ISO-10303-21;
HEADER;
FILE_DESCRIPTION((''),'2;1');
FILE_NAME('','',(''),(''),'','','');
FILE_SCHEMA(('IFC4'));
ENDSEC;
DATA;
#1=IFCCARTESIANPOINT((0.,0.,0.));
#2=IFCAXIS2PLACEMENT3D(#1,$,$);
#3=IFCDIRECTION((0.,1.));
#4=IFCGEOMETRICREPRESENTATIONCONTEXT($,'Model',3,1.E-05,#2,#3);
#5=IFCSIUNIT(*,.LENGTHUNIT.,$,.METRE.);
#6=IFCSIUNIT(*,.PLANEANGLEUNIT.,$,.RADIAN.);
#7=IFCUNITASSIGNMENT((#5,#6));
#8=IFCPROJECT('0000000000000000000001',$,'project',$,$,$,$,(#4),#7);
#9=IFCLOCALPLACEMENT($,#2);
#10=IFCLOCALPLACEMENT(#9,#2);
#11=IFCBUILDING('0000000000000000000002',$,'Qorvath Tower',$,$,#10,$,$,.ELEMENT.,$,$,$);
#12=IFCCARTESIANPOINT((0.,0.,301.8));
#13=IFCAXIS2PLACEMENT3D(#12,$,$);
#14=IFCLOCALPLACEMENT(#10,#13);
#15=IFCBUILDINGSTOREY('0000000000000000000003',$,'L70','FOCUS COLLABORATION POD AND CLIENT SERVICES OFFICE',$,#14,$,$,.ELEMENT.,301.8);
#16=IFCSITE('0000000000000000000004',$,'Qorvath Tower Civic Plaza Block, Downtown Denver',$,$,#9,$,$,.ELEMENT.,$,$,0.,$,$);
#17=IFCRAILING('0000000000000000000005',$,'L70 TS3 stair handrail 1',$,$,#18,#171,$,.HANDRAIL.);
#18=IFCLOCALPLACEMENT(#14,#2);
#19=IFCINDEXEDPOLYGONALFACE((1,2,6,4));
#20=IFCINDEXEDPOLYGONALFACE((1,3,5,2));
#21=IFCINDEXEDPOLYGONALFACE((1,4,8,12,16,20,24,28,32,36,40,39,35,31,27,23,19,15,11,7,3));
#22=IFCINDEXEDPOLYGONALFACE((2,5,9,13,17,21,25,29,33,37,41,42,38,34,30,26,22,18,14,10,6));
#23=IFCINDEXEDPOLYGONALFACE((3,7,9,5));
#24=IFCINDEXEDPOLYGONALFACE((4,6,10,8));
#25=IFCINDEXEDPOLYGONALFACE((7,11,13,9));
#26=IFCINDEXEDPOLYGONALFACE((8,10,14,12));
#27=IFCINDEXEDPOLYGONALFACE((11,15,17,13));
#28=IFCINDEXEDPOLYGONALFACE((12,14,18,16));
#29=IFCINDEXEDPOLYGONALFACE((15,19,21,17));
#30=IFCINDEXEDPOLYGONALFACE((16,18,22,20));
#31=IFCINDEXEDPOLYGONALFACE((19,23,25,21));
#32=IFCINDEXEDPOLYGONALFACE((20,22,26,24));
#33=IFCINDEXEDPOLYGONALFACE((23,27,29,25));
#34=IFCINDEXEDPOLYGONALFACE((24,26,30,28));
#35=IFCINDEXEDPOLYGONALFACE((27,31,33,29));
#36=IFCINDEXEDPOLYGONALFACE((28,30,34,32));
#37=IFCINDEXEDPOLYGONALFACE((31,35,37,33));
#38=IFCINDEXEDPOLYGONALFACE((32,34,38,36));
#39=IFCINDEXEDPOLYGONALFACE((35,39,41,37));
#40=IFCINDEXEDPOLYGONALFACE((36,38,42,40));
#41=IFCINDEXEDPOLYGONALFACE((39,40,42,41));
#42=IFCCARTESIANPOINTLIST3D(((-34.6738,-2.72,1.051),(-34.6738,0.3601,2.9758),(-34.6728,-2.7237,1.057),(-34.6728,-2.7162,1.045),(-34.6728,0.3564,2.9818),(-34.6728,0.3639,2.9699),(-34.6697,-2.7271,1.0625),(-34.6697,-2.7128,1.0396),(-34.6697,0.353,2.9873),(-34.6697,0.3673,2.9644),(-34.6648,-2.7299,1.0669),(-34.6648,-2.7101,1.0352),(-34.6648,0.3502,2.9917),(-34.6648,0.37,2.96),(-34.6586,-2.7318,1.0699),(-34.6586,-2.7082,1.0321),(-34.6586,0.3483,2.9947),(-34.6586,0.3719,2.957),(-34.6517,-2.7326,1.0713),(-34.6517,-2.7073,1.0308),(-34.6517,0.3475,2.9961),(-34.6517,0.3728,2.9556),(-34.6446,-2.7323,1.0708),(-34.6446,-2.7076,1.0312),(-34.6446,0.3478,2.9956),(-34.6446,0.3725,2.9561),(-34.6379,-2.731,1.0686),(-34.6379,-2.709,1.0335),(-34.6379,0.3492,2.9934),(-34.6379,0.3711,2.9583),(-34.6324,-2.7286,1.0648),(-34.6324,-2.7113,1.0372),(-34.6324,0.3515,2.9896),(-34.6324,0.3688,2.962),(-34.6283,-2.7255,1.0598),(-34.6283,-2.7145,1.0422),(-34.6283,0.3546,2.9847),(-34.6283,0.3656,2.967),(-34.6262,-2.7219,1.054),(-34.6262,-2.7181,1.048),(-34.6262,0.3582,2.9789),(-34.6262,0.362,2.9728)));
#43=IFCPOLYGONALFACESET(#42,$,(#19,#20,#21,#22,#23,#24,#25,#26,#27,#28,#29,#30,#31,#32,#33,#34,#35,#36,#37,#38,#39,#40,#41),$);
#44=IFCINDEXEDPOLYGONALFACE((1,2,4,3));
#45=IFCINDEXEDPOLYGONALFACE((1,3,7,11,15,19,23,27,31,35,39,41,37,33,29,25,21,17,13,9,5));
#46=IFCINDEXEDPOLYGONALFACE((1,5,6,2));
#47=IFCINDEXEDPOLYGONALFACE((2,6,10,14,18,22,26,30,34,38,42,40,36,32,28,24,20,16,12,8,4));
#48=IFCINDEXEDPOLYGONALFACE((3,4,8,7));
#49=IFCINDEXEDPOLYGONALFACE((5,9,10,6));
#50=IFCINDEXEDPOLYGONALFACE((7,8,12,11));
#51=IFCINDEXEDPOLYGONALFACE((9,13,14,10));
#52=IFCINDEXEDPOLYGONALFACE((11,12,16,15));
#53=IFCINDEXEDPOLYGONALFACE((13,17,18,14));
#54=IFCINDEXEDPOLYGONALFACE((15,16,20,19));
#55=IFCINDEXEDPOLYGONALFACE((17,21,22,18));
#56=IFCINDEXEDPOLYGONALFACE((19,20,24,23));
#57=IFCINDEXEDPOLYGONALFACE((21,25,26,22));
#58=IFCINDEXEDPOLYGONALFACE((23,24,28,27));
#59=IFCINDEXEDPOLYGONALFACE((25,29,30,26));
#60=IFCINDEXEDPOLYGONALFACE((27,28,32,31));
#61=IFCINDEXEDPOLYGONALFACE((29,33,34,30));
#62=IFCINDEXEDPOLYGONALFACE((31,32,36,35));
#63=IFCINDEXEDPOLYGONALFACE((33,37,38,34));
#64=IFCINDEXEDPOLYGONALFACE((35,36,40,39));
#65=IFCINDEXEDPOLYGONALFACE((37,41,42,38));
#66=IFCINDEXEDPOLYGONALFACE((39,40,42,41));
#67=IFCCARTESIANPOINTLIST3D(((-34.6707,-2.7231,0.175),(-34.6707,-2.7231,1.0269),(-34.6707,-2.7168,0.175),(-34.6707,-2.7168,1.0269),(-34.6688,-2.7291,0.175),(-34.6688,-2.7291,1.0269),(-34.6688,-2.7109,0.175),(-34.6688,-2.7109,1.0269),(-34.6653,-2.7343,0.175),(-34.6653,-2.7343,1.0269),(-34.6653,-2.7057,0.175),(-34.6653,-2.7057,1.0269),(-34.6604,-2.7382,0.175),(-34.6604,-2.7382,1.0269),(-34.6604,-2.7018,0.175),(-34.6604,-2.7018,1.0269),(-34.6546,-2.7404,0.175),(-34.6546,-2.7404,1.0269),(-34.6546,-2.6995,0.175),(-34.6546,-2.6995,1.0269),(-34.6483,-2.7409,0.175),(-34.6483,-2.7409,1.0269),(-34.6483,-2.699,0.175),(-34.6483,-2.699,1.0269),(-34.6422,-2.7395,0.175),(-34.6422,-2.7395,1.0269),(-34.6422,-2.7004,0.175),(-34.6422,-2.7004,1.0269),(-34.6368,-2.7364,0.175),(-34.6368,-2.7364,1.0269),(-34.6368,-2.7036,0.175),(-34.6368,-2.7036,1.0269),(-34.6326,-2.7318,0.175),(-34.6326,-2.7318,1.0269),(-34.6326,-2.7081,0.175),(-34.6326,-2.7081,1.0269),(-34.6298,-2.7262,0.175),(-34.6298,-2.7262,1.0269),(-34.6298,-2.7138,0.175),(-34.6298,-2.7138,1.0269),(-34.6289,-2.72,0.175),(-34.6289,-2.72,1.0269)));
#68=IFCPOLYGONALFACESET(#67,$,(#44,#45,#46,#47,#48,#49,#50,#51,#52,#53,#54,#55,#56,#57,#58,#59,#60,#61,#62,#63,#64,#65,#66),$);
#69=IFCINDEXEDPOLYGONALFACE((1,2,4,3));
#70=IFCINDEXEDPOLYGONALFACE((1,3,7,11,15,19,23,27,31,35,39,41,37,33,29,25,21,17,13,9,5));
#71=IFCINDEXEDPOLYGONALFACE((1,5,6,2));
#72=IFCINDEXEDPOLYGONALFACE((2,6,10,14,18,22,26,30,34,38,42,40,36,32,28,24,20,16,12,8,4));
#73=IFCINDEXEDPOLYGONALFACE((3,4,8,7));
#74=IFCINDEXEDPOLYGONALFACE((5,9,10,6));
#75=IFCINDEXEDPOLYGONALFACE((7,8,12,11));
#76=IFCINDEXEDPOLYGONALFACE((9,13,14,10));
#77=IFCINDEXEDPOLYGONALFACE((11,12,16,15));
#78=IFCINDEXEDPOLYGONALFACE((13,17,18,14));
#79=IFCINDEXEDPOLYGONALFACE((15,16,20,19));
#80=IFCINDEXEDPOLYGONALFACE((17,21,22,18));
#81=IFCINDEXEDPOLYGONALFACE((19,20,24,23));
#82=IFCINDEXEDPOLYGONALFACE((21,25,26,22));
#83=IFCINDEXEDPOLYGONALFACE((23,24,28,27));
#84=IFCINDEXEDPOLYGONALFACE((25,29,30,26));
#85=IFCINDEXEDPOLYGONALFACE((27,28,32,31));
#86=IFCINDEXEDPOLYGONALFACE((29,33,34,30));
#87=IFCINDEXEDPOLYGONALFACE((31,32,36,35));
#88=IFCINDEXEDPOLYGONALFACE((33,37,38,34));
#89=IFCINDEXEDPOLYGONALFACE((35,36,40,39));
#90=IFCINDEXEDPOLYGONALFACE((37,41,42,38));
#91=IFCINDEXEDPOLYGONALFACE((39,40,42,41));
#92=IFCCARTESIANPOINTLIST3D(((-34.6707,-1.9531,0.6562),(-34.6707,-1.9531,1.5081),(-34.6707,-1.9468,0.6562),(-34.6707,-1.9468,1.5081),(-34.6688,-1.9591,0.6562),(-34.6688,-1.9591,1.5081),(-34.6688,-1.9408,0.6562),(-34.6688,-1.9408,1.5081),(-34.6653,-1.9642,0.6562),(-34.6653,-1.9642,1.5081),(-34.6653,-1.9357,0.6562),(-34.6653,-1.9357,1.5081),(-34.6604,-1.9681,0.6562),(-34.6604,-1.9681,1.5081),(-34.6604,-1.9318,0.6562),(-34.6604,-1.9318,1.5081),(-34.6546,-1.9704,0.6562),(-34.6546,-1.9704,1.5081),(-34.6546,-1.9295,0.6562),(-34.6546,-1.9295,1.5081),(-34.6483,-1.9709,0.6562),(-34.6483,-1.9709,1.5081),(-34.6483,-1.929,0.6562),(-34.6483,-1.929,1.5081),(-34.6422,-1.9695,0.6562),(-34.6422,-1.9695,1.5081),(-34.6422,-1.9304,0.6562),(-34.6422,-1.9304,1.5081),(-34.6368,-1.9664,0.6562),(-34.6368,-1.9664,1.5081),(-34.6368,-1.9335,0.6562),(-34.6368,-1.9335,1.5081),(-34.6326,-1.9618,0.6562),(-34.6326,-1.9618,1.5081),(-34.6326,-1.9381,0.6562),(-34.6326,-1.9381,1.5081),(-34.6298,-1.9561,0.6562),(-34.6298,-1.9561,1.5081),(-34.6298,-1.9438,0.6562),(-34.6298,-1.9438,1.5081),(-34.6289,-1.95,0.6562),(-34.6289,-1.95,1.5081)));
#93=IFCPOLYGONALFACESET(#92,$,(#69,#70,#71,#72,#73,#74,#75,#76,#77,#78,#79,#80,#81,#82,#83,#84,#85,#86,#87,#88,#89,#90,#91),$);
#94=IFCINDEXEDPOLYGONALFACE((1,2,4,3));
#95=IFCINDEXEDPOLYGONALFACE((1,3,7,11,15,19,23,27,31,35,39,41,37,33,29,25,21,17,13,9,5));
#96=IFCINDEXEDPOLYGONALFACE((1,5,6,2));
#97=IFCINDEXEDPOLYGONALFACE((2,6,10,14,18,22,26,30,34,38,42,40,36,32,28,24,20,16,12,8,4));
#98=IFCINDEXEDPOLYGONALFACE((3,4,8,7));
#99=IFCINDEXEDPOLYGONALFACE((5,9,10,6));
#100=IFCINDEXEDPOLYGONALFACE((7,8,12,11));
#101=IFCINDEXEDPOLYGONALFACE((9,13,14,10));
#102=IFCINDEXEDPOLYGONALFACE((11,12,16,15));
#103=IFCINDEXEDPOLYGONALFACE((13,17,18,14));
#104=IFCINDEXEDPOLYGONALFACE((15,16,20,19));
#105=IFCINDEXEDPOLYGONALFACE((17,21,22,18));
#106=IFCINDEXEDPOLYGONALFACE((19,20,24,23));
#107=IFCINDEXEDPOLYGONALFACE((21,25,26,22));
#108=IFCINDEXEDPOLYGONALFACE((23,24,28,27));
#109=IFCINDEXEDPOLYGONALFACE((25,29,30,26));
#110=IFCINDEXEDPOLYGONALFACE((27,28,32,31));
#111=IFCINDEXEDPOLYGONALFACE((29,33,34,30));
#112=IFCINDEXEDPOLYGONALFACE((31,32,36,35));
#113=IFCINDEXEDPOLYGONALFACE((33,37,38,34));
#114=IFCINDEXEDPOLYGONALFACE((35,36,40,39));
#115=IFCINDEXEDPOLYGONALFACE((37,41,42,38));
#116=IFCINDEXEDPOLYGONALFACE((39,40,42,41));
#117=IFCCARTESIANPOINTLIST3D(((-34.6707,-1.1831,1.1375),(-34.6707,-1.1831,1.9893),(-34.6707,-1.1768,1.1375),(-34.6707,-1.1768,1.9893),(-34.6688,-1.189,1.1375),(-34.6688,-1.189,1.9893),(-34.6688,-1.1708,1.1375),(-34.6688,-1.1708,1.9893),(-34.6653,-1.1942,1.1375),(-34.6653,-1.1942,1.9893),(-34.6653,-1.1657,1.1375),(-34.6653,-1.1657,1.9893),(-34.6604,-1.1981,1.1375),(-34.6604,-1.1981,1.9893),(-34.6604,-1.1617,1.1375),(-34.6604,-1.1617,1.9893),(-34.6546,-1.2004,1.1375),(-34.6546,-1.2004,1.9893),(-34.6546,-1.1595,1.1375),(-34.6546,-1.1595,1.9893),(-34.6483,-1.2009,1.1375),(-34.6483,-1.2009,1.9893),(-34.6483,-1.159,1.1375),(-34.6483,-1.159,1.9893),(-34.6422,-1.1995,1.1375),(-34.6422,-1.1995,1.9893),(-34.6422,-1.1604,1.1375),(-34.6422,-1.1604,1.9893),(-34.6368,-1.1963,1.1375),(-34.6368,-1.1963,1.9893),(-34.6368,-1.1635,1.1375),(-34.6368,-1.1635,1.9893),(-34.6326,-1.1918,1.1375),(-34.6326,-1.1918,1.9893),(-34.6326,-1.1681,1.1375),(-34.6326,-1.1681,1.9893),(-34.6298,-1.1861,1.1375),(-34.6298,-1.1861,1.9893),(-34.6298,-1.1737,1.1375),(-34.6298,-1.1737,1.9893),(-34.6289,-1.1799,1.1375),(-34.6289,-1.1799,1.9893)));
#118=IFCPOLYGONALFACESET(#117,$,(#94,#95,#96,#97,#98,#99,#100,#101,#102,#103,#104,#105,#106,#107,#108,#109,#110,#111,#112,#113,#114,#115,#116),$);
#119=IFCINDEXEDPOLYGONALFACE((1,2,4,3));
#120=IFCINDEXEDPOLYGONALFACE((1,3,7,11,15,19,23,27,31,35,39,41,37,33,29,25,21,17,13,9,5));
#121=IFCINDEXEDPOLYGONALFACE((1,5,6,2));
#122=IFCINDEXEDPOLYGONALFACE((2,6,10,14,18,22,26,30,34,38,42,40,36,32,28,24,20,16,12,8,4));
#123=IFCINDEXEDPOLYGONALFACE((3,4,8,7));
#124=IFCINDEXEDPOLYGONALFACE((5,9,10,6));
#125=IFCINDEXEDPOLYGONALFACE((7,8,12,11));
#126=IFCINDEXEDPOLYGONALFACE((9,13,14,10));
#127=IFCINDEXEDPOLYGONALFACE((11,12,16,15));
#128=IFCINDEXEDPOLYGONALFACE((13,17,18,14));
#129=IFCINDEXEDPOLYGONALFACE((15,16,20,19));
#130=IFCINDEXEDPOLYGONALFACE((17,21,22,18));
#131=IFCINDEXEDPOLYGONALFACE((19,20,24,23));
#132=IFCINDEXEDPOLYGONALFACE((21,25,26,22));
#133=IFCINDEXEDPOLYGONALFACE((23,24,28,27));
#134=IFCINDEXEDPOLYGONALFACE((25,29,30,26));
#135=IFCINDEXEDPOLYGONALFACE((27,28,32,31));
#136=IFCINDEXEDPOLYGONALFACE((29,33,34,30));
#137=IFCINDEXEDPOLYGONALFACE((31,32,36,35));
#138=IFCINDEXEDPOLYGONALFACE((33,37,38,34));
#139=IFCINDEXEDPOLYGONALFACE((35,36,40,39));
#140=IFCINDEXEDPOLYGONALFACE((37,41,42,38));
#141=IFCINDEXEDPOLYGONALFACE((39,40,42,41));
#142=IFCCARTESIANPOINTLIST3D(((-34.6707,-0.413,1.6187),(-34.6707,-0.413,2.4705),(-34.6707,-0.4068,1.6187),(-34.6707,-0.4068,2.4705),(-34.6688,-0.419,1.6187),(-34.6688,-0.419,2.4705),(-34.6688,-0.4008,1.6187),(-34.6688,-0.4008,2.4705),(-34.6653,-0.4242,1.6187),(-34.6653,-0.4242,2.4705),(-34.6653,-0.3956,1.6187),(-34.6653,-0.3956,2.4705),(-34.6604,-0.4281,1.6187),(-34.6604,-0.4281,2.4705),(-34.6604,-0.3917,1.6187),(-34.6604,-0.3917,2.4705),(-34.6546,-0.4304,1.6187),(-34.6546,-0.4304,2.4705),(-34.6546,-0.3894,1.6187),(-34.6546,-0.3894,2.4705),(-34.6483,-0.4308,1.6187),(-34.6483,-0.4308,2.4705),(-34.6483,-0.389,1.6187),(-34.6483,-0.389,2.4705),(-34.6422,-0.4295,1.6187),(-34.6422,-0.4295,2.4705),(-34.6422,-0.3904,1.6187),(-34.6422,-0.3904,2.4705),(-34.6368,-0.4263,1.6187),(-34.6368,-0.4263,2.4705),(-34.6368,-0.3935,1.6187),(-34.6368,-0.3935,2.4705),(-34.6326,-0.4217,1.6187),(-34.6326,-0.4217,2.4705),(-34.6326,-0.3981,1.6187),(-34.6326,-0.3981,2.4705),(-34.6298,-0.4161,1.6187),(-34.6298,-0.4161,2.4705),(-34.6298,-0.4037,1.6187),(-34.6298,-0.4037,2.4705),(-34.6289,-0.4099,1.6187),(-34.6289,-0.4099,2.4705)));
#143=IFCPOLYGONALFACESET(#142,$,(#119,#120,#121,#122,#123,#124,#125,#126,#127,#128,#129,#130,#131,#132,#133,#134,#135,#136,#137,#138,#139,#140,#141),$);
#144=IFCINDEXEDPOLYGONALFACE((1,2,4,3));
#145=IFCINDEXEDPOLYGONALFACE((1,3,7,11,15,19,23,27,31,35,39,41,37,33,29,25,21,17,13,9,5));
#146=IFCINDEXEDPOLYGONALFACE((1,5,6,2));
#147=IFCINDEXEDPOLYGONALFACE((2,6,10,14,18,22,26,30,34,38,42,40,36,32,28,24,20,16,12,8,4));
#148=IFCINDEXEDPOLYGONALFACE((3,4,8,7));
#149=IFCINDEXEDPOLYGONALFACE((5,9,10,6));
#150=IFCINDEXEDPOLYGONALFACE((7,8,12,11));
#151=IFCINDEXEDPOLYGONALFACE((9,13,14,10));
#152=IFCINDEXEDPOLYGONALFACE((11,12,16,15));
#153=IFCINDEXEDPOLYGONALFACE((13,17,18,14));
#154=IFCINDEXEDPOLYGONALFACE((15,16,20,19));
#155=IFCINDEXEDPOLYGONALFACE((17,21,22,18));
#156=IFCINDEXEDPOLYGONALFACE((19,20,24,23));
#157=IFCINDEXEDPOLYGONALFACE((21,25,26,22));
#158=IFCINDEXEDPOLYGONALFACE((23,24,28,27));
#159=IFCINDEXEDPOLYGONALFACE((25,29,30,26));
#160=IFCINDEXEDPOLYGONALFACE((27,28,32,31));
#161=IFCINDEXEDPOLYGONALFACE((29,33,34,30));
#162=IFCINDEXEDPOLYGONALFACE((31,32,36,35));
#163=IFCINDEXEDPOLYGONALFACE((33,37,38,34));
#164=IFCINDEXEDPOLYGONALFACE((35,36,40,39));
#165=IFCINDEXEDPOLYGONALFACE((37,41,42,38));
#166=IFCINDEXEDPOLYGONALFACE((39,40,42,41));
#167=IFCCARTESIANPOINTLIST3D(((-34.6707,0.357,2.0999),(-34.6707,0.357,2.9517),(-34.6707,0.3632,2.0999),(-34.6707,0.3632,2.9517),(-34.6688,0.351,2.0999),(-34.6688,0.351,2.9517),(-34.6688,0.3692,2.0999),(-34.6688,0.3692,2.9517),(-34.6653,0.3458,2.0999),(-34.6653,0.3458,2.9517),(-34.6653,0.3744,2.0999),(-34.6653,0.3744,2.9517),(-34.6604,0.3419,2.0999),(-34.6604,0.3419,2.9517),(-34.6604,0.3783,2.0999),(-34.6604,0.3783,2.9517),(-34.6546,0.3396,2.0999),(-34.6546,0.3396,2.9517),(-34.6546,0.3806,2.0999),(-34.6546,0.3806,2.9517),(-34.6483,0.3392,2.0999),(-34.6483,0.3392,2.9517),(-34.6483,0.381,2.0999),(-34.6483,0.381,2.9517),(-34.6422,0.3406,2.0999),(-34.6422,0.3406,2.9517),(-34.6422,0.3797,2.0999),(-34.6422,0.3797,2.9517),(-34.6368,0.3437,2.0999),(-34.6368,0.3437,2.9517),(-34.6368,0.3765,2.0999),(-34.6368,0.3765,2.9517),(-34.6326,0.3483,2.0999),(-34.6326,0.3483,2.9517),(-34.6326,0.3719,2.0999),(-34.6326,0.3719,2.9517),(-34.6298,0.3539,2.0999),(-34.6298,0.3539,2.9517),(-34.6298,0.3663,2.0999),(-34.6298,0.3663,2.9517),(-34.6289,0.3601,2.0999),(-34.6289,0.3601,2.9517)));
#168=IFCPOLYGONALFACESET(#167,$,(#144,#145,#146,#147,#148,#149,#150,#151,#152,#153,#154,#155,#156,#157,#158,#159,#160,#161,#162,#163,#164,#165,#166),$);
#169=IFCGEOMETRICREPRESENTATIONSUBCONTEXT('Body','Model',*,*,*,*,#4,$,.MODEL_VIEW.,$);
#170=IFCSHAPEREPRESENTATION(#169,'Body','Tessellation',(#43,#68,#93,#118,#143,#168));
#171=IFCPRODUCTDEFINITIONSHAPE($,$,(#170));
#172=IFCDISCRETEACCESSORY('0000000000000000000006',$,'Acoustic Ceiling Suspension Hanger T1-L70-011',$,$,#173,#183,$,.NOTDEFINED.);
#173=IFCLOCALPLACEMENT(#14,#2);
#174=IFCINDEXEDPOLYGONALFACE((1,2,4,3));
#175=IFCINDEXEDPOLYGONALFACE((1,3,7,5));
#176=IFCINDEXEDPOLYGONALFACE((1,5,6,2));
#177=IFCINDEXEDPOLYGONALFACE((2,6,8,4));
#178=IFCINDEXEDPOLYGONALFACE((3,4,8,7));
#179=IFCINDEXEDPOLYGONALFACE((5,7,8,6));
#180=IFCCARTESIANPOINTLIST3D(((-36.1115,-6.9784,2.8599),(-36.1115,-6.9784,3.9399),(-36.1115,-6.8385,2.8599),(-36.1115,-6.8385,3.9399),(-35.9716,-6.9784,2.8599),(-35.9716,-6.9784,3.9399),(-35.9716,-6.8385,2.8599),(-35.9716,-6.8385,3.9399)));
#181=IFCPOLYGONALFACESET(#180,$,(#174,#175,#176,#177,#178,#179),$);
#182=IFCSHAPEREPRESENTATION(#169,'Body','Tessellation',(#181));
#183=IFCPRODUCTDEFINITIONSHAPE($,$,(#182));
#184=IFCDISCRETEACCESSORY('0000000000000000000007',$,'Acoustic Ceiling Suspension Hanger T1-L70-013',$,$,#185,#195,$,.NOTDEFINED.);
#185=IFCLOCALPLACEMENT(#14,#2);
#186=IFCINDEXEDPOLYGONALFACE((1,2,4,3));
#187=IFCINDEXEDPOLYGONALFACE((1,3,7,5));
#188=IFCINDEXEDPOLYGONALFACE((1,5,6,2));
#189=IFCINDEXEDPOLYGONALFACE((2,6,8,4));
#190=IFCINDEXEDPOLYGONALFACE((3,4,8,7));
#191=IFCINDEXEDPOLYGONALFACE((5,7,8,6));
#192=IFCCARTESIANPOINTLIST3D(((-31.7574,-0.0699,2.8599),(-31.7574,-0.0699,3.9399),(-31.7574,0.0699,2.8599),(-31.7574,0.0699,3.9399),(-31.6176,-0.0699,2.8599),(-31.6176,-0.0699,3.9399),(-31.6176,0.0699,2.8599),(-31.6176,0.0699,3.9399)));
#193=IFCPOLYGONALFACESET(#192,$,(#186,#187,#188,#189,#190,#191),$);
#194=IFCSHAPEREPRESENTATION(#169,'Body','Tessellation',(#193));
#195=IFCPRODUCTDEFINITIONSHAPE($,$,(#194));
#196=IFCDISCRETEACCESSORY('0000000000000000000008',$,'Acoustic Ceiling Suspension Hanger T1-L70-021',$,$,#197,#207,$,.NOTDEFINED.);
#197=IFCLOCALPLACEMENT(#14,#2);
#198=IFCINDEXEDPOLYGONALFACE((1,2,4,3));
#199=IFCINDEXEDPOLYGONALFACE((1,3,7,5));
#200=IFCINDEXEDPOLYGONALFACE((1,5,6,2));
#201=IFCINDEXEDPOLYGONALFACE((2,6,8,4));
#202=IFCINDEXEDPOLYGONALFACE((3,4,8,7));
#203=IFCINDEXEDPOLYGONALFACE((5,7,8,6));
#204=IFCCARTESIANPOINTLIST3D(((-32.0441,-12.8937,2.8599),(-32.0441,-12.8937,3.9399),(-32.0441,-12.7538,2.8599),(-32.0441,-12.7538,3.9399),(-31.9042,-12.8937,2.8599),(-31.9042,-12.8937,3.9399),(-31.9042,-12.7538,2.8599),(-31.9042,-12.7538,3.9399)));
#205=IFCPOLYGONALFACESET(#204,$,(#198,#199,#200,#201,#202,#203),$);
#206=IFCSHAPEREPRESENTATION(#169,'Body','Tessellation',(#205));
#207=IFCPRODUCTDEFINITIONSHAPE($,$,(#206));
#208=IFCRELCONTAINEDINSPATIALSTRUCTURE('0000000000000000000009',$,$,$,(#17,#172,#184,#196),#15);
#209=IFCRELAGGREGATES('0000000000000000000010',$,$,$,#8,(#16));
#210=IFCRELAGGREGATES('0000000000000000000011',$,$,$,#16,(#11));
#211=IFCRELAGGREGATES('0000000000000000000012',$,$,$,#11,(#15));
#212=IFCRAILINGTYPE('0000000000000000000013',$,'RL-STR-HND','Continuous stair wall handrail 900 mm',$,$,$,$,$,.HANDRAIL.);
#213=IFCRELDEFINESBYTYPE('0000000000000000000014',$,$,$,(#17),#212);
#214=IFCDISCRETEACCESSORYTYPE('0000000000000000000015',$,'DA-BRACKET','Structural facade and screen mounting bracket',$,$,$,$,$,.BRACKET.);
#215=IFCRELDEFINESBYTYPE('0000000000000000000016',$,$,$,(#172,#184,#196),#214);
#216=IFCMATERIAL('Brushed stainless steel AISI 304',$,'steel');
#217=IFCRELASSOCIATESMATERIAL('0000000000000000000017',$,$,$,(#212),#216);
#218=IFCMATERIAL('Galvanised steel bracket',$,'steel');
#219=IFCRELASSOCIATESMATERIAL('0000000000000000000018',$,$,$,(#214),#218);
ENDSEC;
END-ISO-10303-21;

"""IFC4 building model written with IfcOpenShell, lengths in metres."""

from ifc_helpers import new_model, si_unit, direction, frame, origin, origin_2d, place, context, subcontext, project, spatial, rectangle, circle, extrude, material, type_object, element, save


model = new_model("IFC4")

# Units and contexts
model_context = context("Model", 3, precision=1e-05, world=origin(), true_north=direction((0.0, 1.0)))
body_context = subcontext(model_context, "Body", "Model", "MODEL_VIEW")
ifc_project = project(units=[si_unit("LENGTHUNIT", "METRE"), si_unit("PLANEANGLEUNIT", "RADIAN")], contexts=[model_context])

# Site, building, storey
site_placement = place(None, origin())
site = spatial("IfcSite", under=ifc_project, at=site_placement, Name="Qorvath Tower Civic Plaza Block, Downtown Denver", CompositionType="ELEMENT", RefElevation=0.0)
building_placement = place(site_placement, origin())
building = spatial("IfcBuilding", under=site, at=building_placement, Name="Qorvath Tower", CompositionType="ELEMENT")
storey_placement = place(building_placement, frame((0.0, 0.0, 301.8)))
storey = spatial("IfcBuildingStorey", under=building, at=storey_placement, Name="L70", Description="FOCUS COLLABORATION POD AND CLIENT SERVICES OFFICE", CompositionType="ELEMENT", Elevation=301.8)

# Railing
ifc_material_1 = material(Name="Brushed stainless steel AISI 304", Category="steel")
railing_type_1 = type_object("IfcRailingType", Name="RL-STR-HND", Description="Continuous stair wall handrail 900 mm", PredefinedType="HANDRAIL", material=ifc_material_1)
railing_1_placement = place(storey_placement, frame((-34.6499, -2.72, 0.175)))
element("IfcRailing", 1, at=railing_1_placement, inside=storey, type_object=railing_type_1, Name="L70 TS3 stair handrail 1", PredefinedType="HANDRAIL", context=body_context, shape_type="SweptSolid", body=[
    extrude(circle(Radius=0.0239, at=origin_2d()), frame((0.0, 0.0, 0.876), z_axis=(0.0, 0.848029, 0.529951), x_axis=(-1.0, 0.0, 0.0)), (0.0, 0.0, 1.0), 3.6321),
    extrude(circle(Radius=0.021, at=origin_2d()), origin(), (0.0, 0.0, 1.0), 0.8518),
    extrude(circle(Radius=0.021, at=origin_2d()), frame((0.0, 0.77, 0.4812)), (0.0, 0.0, 1.0), 0.8518),
    extrude(circle(Radius=0.021, at=origin_2d()), frame((0.0, 1.54, 0.9624)), (0.0, 0.0, 1.0), 0.8518),
    extrude(circle(Radius=0.021, at=origin_2d()), frame((0.0, 2.3101, 1.4436)), (0.0, 0.0, 1.0), 0.8518),
    extrude(circle(Radius=0.021, at=origin_2d()), frame((0.0, 3.0801, 1.9248)), (0.0, 0.0, 1.0), 0.8518),
])

# Discrete accessories
ifc_material_2 = material(Name="Galvanised steel bracket", Category="steel")
discrete_accessory_type = type_object("IfcDiscreteAccessoryType", Name="DA-BRACKET", Description="Structural facade and screen mounting bracket", PredefinedType="BRACKET", material=ifc_material_2)
for number, where, z_axis, x_axis, name in (
    (2, (-36.0415, -6.9084, 2.8599), (0.0, 0.0, 1.0), (1.0, 0.0, 0.0), "Acoustic Ceiling Suspension Hanger T1-L70-011"),
    (3, (-31.6875, 0.0, 2.8599), (0.0, 0.0, 1.0), (1.0, 0.0, 0.0), "Acoustic Ceiling Suspension Hanger T1-L70-013"),
    (4, (-31.9741, -12.8237, 2.8599), (0.0, 0.0, 1.0), (1.0, 0.0, 0.0), "Acoustic Ceiling Suspension Hanger T1-L70-021"),
):
    element("IfcDiscreteAccessory", number, at=place(storey_placement, frame(where, z_axis=z_axis, x_axis=x_axis)), inside=storey, type_object=discrete_accessory_type, Name=name, PredefinedType="NOTDEFINED", context=body_context, shape_type="SweptSolid", body=[
        extrude(rectangle(XDim=0.1399, YDim=0.1399, at=origin_2d()), origin(), (0.0, 0.0, 1.0), 1.0801),
    ])

save(model, "model.ifc")
